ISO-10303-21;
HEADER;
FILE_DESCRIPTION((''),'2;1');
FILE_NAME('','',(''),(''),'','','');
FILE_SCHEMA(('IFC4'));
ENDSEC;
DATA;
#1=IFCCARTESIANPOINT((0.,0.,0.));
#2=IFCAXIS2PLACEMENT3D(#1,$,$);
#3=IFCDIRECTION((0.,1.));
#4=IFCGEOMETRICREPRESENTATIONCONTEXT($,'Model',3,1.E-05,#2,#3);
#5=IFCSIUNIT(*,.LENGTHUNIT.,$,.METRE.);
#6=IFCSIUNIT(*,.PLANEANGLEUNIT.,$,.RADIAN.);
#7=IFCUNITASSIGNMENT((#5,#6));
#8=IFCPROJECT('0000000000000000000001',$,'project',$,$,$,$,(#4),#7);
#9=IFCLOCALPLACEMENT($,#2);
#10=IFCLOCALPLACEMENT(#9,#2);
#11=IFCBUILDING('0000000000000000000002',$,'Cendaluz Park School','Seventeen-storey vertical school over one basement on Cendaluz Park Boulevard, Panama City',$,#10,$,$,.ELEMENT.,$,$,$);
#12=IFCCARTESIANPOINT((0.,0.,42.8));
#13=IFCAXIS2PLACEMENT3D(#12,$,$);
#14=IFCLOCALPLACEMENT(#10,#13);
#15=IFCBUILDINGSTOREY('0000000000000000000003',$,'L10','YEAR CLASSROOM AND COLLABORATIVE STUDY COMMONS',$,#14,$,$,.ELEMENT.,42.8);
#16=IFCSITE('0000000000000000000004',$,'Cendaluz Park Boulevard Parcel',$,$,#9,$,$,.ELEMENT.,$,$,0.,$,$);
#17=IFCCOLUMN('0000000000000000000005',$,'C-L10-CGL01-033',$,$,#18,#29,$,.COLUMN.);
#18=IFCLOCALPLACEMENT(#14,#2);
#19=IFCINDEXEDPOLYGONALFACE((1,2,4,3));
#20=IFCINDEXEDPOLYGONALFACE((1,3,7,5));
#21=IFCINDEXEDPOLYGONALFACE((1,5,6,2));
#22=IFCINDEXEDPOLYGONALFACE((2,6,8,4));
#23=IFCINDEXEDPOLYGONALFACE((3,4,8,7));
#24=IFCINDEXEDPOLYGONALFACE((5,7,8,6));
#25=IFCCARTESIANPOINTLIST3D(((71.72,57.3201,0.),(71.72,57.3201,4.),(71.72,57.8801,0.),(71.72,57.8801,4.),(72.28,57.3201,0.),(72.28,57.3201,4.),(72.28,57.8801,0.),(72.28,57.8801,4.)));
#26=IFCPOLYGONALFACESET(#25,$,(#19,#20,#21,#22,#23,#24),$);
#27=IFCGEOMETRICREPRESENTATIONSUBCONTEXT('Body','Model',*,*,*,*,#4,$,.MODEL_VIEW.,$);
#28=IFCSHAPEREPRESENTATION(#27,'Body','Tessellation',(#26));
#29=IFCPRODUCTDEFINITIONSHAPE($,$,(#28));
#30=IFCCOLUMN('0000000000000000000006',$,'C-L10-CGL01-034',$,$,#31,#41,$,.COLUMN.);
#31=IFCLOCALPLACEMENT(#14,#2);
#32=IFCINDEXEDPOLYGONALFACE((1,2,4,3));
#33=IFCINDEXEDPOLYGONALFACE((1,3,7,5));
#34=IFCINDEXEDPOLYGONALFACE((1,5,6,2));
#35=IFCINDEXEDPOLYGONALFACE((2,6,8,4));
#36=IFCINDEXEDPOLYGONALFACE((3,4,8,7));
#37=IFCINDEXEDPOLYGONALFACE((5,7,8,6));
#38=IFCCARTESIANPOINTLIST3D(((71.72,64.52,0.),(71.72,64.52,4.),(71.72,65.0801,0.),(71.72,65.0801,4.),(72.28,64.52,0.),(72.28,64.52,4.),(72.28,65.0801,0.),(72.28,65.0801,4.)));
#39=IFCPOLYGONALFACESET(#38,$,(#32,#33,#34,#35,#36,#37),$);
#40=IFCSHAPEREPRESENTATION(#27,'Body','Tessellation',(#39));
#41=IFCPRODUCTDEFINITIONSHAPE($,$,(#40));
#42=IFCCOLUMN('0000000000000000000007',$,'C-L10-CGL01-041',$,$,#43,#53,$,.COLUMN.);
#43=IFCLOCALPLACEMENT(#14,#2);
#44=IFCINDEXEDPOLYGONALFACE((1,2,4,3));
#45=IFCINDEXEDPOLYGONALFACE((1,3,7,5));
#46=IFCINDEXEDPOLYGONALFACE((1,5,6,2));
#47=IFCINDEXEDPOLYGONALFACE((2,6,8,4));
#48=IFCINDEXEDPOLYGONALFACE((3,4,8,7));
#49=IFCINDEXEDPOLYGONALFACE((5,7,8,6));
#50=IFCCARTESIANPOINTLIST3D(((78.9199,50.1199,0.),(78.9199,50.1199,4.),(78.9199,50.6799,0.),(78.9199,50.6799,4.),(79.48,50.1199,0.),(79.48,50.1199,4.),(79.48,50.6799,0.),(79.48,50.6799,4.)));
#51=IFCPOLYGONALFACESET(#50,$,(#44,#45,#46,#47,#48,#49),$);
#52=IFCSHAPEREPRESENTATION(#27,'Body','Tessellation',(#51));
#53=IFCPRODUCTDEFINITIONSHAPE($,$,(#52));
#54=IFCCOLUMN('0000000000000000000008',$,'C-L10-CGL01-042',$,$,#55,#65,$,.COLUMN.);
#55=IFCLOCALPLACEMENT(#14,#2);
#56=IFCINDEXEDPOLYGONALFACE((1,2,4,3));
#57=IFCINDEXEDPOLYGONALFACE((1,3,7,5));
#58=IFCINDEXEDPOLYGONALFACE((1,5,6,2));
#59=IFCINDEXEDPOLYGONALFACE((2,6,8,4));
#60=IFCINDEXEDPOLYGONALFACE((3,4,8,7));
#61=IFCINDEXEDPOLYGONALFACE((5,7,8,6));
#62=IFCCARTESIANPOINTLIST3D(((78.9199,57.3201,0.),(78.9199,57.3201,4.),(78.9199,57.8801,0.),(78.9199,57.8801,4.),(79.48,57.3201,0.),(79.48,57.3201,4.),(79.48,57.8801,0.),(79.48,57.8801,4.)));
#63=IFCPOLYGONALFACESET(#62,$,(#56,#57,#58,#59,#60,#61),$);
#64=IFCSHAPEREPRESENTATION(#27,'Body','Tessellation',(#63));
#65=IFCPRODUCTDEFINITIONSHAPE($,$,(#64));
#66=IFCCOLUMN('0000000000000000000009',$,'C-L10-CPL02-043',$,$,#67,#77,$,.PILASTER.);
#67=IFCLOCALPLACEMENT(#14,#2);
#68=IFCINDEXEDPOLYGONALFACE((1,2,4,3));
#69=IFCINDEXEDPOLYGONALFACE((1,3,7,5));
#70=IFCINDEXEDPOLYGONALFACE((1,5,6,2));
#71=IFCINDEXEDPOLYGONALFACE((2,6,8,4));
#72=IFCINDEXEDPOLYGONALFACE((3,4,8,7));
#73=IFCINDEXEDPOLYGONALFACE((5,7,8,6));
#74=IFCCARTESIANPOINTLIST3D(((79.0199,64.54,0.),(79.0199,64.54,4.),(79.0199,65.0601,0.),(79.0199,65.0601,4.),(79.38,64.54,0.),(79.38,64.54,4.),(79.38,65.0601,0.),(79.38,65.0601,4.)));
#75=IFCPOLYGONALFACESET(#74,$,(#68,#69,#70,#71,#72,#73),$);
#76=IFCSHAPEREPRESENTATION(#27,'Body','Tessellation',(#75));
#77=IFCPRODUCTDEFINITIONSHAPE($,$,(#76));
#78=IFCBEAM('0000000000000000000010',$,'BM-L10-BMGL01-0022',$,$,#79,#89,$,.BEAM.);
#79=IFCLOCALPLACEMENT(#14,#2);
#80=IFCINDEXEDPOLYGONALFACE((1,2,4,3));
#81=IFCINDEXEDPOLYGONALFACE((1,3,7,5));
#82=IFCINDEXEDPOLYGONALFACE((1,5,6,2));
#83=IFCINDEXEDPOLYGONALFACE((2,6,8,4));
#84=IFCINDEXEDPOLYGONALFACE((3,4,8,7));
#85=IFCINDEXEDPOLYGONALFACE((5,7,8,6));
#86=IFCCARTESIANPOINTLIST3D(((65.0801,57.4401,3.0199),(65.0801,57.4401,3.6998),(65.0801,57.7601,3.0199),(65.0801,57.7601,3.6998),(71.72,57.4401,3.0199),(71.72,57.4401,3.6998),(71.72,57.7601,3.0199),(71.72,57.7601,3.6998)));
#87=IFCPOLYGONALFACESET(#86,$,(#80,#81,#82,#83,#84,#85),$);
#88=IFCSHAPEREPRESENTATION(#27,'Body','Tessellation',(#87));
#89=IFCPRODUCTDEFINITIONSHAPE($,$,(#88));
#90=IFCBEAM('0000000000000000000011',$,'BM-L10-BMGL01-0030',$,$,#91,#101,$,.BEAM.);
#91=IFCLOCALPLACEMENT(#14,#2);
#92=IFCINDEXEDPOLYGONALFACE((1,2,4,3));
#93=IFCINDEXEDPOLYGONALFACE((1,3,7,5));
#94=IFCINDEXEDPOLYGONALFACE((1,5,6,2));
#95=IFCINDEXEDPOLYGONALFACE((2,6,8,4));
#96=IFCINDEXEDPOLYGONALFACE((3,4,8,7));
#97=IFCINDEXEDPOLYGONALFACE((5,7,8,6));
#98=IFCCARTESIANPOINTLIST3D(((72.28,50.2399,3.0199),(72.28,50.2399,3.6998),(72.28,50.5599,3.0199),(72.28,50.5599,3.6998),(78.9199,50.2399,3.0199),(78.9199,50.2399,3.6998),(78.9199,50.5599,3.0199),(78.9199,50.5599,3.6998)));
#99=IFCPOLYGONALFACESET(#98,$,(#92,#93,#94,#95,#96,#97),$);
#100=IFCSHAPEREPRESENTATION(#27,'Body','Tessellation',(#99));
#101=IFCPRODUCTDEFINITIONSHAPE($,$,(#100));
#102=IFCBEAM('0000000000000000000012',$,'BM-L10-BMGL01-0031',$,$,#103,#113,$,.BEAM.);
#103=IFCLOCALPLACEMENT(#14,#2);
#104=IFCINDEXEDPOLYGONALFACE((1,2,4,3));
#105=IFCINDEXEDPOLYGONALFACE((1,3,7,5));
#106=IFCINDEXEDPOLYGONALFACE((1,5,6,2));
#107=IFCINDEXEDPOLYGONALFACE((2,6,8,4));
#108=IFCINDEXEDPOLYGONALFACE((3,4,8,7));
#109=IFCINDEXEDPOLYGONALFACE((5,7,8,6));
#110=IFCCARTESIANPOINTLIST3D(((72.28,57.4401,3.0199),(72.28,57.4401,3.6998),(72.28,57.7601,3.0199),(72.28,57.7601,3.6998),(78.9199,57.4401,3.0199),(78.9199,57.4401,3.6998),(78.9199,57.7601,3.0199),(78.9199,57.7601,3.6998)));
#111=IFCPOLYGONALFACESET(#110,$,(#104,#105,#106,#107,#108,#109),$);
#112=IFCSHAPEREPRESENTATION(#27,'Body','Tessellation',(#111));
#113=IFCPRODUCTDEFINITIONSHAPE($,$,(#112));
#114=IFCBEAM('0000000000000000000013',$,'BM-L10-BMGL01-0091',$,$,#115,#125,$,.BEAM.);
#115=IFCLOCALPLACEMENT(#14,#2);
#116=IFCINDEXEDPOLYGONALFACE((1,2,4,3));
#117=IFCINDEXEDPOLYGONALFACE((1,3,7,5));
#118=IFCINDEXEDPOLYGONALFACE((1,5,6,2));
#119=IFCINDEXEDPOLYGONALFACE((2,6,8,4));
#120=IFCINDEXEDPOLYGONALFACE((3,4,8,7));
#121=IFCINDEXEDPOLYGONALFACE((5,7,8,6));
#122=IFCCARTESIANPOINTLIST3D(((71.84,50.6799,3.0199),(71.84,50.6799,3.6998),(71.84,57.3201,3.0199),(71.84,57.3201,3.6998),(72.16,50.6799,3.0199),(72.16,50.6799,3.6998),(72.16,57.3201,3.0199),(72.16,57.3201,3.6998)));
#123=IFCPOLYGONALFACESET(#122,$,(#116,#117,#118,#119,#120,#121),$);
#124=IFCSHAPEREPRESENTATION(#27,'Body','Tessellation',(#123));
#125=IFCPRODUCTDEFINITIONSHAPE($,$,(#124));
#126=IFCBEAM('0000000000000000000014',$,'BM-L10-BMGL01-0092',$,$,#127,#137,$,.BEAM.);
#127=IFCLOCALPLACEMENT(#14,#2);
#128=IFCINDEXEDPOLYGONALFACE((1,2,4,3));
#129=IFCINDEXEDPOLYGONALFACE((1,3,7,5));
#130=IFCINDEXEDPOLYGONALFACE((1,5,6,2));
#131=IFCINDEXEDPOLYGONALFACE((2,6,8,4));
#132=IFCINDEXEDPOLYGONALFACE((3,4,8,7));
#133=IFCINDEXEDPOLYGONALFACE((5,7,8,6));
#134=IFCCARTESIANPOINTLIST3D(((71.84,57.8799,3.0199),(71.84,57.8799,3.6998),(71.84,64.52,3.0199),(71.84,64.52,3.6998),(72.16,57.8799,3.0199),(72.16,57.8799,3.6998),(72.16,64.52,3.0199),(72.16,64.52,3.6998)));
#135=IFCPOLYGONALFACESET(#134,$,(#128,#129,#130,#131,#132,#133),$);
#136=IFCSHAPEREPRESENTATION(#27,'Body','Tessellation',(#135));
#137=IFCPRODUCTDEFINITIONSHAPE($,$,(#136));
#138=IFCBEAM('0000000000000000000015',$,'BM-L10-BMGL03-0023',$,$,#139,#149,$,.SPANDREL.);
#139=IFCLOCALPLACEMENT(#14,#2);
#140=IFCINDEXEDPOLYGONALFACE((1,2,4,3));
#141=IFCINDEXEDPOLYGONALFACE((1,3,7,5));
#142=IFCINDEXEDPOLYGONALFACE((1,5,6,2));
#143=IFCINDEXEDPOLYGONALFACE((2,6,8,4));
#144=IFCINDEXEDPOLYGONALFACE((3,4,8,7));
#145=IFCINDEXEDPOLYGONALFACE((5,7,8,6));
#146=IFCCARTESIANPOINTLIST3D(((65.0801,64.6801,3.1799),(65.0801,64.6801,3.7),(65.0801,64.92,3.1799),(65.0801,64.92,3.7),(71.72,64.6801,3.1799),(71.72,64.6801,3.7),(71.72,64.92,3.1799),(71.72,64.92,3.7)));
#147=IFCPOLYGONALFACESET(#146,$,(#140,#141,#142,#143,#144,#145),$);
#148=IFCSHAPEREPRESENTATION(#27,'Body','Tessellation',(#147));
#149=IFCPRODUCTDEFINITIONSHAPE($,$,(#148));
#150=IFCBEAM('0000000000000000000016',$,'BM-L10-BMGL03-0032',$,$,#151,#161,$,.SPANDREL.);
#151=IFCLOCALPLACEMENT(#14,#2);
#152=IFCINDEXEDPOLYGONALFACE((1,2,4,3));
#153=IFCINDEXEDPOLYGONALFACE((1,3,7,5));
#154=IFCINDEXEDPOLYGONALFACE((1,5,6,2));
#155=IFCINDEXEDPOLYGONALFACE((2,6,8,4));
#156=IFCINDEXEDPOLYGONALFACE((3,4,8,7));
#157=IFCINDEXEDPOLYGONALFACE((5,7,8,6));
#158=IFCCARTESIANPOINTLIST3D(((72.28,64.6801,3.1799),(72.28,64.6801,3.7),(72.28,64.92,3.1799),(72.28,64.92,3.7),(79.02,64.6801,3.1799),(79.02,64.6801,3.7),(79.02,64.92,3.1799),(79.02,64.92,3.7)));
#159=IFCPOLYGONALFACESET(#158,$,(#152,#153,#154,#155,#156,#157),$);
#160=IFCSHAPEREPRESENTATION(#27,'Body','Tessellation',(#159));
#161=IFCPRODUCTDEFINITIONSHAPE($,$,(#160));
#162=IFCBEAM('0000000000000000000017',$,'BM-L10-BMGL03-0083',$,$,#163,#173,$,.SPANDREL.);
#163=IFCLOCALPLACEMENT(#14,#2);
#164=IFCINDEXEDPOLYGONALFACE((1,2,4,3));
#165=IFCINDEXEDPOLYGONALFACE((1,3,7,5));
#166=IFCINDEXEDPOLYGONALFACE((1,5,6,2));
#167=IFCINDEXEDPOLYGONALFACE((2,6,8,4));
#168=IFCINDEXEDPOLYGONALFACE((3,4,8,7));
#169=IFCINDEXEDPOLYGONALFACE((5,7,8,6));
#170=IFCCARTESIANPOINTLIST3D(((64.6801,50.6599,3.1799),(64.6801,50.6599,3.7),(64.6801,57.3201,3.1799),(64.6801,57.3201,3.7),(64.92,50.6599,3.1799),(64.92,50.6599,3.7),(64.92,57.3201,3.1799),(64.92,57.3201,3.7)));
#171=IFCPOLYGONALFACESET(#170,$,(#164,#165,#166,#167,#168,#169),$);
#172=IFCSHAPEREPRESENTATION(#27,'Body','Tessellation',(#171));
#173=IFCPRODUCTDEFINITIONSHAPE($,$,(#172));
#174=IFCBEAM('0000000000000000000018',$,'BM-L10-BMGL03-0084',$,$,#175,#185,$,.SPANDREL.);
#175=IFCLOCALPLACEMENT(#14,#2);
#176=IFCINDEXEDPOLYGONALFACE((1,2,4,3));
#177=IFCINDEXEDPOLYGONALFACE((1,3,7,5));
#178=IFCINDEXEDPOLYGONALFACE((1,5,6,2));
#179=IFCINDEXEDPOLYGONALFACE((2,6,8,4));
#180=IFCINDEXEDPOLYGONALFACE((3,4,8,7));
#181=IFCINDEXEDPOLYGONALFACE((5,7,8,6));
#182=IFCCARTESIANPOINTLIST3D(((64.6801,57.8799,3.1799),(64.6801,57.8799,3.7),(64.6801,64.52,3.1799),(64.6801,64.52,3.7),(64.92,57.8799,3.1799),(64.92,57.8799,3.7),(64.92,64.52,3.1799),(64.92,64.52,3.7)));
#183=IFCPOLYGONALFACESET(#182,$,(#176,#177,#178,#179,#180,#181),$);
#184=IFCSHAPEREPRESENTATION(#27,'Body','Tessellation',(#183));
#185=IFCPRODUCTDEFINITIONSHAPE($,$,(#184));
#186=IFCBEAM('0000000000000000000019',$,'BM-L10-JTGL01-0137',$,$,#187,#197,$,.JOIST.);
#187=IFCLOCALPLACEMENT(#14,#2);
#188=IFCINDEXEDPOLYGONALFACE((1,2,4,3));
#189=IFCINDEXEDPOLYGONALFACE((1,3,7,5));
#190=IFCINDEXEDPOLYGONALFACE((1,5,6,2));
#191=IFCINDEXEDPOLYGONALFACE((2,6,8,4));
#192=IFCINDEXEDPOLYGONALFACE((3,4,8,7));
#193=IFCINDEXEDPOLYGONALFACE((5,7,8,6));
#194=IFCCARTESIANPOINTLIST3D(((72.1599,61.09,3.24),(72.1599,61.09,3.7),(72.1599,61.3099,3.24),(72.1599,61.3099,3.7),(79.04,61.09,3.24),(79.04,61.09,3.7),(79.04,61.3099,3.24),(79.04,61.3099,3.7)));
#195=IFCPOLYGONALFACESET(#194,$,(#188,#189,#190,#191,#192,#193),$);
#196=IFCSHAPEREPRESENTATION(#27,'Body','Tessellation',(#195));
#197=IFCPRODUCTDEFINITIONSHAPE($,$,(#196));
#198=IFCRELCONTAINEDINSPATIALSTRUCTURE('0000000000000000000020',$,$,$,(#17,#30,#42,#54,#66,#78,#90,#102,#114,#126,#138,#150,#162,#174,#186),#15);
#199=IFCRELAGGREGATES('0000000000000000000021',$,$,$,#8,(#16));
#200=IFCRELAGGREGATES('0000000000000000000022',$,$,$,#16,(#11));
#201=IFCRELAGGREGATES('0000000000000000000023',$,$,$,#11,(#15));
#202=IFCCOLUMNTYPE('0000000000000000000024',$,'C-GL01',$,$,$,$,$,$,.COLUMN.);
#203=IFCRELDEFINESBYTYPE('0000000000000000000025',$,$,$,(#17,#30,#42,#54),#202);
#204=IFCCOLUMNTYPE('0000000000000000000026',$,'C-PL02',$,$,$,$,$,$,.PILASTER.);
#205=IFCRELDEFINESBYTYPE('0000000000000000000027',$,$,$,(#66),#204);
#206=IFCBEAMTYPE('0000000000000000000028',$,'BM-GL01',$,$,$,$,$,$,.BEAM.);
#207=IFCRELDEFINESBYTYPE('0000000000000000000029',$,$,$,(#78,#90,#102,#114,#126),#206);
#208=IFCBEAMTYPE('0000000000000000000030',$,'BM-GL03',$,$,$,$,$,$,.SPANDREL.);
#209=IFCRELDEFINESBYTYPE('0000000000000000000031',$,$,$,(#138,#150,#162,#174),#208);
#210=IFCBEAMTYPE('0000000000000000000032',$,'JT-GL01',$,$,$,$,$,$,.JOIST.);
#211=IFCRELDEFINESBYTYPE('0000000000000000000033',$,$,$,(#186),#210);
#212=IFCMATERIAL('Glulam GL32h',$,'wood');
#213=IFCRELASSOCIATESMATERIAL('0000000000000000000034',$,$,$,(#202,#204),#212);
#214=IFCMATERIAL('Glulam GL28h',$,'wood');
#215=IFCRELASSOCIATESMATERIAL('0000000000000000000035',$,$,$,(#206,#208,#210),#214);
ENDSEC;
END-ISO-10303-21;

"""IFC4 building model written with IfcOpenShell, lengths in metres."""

from ifc_helpers import new_model, si_unit, direction, frame, origin, origin_2d, place, context, subcontext, project, spatial, rectangle, extrude, material, material_profile, profile_set, type_object, element, save


model = new_model("IFC4")

# Units and contexts
model_context = context("Model", 3, precision=1e-05, world=origin(), true_north=direction((0.0, 1.0)))
body_context = subcontext(model_context, "Body", "Model", "MODEL_VIEW")
ifc_project = project(units=[si_unit("LENGTHUNIT", "METRE"), si_unit("PLANEANGLEUNIT", "RADIAN")], contexts=[model_context])

# Site, building, storey
site_placement = place(None, origin())
site = spatial("IfcSite", under=ifc_project, at=site_placement, Name="Cendaluz Park Boulevard Parcel", CompositionType="ELEMENT", RefElevation=0.0)
building_placement = place(site_placement, origin())
building = spatial("IfcBuilding", under=site, at=building_placement, Name="Cendaluz Park School", Description="Seventeen-storey vertical school over one basement on Cendaluz Park Boulevard, Panama City", CompositionType="ELEMENT")
storey_placement = place(building_placement, frame((0.0, 0.0, 42.8)))
storey = spatial("IfcBuildingStorey", under=building, at=storey_placement, Name="L10", Description="YEAR CLASSROOM AND COLLABORATIVE STUDY COMMONS", CompositionType="ELEMENT", Elevation=42.8)

# Columns
ifc_material_1 = material(Name="Glulam GL32h", Category="wood")
ifc_material_profile_1 = material_profile(ifc_material_1, rectangle(XDim=0.5601, YDim=0.5601, at=origin_2d()), Name="GL32h 560x560", Category="wood")
ifc_profile_set_1 = profile_set([ifc_material_profile_1], Name="Glulam GL32h")
column_type_1 = type_object("IfcColumnType", Name="C-GL01", PredefinedType="COLUMN", material=ifc_profile_set_1)
for number, where, z_axis, x_axis, name in (
    (1, (72.0, 57.6001, 0.0), (0.0, 0.0, 1.0), (1.0, 0.0, 0.0), "C-L10-CGL01-033"),
    (2, (72.0, 64.8, 0.0), (0.0, 0.0, 1.0), (1.0, 0.0, 0.0), "C-L10-CGL01-034"),
    (3, (79.2, 50.3999, 0.0), (0.0, 0.0, 1.0), (1.0, 0.0, 0.0), "C-L10-CGL01-041"),
    (4, (79.2, 57.6001, 0.0), (0.0, 0.0, 1.0), (1.0, 0.0, 0.0), "C-L10-CGL01-042"),
):
    element("IfcColumn", number, at=place(storey_placement, frame(where, z_axis=z_axis, x_axis=x_axis)), inside=storey, type_object=column_type_1, Name=name, PredefinedType="COLUMN", context=body_context, shape_type="SweptSolid", body=[
        extrude(rectangle(XDim=0.5601, YDim=0.5601, at=origin_2d()), origin(), (0.0, 0.0, 1.0), 4.0),
    ])
ifc_material_profile_2 = material_profile(ifc_material_1, rectangle(XDim=0.3601, YDim=0.52, at=origin_2d()), Name="GL32h 360x520", Category="wood")
ifc_profile_set_2 = profile_set([ifc_material_profile_2], Name="Glulam GL32h")
column_type_2 = type_object("IfcColumnType", Name="C-PL02", PredefinedType="PILASTER", material=ifc_profile_set_2)
column_placement = place(storey_placement, frame((79.2, 64.8, 0.0), z_axis=(0.0, 0.0, 1.0), x_axis=(1.0, 0.0, 0.0)))
element("IfcColumn", 5, at=column_placement, inside=storey, type_object=column_type_2, Name="C-L10-CPL02-043", PredefinedType="PILASTER", context=body_context, shape_type="SweptSolid", body=[
    extrude(rectangle(XDim=0.3601, YDim=0.52, at=origin_2d()), origin(), (0.0, 0.0, 1.0), 4.0),
])

# Beams
ifc_material_2 = material(Name="Glulam GL28h", Category="wood")
ifc_material_profile_3 = material_profile(ifc_material_2, rectangle(XDim=0.3201, YDim=0.6799, at=origin_2d()), Name="GL28h 320x680", Category="wood")
ifc_profile_set_3 = profile_set([ifc_material_profile_3], Name="Glulam GL28h")
beam_type_1 = type_object("IfcBeamType", Name="BM-GL01", PredefinedType="BEAM", material=ifc_profile_set_3)
for number, where, z_axis, x_axis, name in (
    (6, (65.0801, 57.6001, 3.3599), (1.0, 0.0, 0.0), (0.0, 1.0, 0.0), "BM-L10-BMGL01-0022"),
    (7, (72.28, 50.3999, 3.3599), (1.0, 0.0, 0.0), (0.0, 1.0, 0.0), "BM-L10-BMGL01-0030"),
    (8, (72.28, 57.6001, 3.3599), (1.0, 0.0, 0.0), (0.0, 1.0, 0.0), "BM-L10-BMGL01-0031"),
):
    element("IfcBeam", number, at=place(storey_placement, frame(where, z_axis=z_axis, x_axis=x_axis)), inside=storey, type_object=beam_type_1, Name=name, PredefinedType="BEAM", context=body_context, shape_type="SweptSolid", body=[
        extrude(rectangle(XDim=0.3201, YDim=0.6799, at=origin_2d()), origin(), (0.0, 0.0, 1.0), 6.6399),
    ])
for number, where, z_axis, x_axis, name in (
    (9, (72.0, 50.6799, 3.3599), (0.0, 1.0, 0.0), (-1.0, 0.0, 0.0), "BM-L10-BMGL01-0091"),
    (10, (72.0, 57.8799, 3.3599), (0.0, 1.0, 0.0), (-1.0, 0.0, 0.0), "BM-L10-BMGL01-0092"),
):
    element("IfcBeam", number, at=place(storey_placement, frame(where, z_axis=z_axis, x_axis=x_axis)), inside=storey, type_object=beam_type_1, Name=name, PredefinedType="BEAM", context=body_context, shape_type="SweptSolid", body=[
        extrude(rectangle(XDim=0.3201, YDim=0.6799, at=origin_2d()), origin(), (0.0, 0.0, 1.0), 6.6401),
    ])
ifc_material_profile_4 = material_profile(ifc_material_2, rectangle(XDim=0.24, YDim=0.52, at=origin_2d()), Name="GL28h 240x520", Category="wood")
ifc_profile_set_4 = profile_set([ifc_material_profile_4], Name="Glulam GL28h")
beam_type_2 = type_object("IfcBeamType", Name="BM-GL03", PredefinedType="SPANDREL", material=ifc_profile_set_4)
beam_1_placement = place(storey_placement, frame((65.0801, 64.8, 3.4399), z_axis=(1.0, 0.0, 0.0), x_axis=(0.0, 1.0, 0.0)))
element("IfcBeam", 11, at=beam_1_placement, inside=storey, type_object=beam_type_2, Name="BM-L10-BMGL03-0023", PredefinedType="SPANDREL", context=body_context, shape_type="SweptSolid", body=[
    extrude(rectangle(XDim=0.24, YDim=0.52, at=origin_2d()), origin(), (0.0, 0.0, 1.0), 6.6399),
])
beam_2_placement = place(storey_placement, frame((72.28, 64.8, 3.4399), z_axis=(1.0, 0.0, 0.0), x_axis=(0.0, 1.0, 0.0)))
element("IfcBeam", 12, at=beam_2_placement, inside=storey, type_object=beam_type_2, Name="BM-L10-BMGL03-0032", PredefinedType="SPANDREL", context=body_context, shape_type="SweptSolid", body=[
    extrude(rectangle(XDim=0.24, YDim=0.52, at=origin_2d()), origin(), (0.0, 0.0, 1.0), 6.74),
])
beam_3_placement = place(storey_placement, frame((64.8, 50.6599, 3.4399), z_axis=(0.0, 1.0, 0.0), x_axis=(-1.0, 0.0, 0.0)))
element("IfcBeam", 13, at=beam_3_placement, inside=storey, type_object=beam_type_2, Name="BM-L10-BMGL03-0083", PredefinedType="SPANDREL", context=body_context, shape_type="SweptSolid", body=[
    extrude(rectangle(XDim=0.24, YDim=0.52, at=origin_2d()), origin(), (0.0, 0.0, 1.0), 6.6602),
])
beam_4_placement = place(storey_placement, frame((64.8, 57.8799, 3.4399), z_axis=(0.0, 1.0, 0.0), x_axis=(-1.0, 0.0, 0.0)))
element("IfcBeam", 14, at=beam_4_placement, inside=storey, type_object=beam_type_2, Name="BM-L10-BMGL03-0084", PredefinedType="SPANDREL", context=body_context, shape_type="SweptSolid", body=[
    extrude(rectangle(XDim=0.24, YDim=0.52, at=origin_2d()), origin(), (0.0, 0.0, 1.0), 6.6401),
])
ifc_material_profile_5 = material_profile(ifc_material_2, rectangle(XDim=0.22, YDim=0.46, at=origin_2d()), Name="GL28h 220x460", Category="wood")
ifc_profile_set_5 = profile_set([ifc_material_profile_5], Name="Glulam GL28h")
beam_type_3 = type_object("IfcBeamType", Name="JT-GL01", PredefinedType="JOIST", material=ifc_profile_set_5)
beam_5_placement = place(storey_placement, frame((72.1599, 61.2, 3.47), z_axis=(1.0, 0.0, 0.0), x_axis=(0.0, 1.0, 0.0)))
element("IfcBeam", 15, at=beam_5_placement, inside=storey, type_object=beam_type_3, Name="BM-L10-JTGL01-0137", PredefinedType="JOIST", context=body_context, shape_type="SweptSolid", body=[
    extrude(rectangle(XDim=0.22, YDim=0.46, at=origin_2d()), origin(), (0.0, 0.0, 1.0), 6.8801),
])

save(model, "model.ifc")
